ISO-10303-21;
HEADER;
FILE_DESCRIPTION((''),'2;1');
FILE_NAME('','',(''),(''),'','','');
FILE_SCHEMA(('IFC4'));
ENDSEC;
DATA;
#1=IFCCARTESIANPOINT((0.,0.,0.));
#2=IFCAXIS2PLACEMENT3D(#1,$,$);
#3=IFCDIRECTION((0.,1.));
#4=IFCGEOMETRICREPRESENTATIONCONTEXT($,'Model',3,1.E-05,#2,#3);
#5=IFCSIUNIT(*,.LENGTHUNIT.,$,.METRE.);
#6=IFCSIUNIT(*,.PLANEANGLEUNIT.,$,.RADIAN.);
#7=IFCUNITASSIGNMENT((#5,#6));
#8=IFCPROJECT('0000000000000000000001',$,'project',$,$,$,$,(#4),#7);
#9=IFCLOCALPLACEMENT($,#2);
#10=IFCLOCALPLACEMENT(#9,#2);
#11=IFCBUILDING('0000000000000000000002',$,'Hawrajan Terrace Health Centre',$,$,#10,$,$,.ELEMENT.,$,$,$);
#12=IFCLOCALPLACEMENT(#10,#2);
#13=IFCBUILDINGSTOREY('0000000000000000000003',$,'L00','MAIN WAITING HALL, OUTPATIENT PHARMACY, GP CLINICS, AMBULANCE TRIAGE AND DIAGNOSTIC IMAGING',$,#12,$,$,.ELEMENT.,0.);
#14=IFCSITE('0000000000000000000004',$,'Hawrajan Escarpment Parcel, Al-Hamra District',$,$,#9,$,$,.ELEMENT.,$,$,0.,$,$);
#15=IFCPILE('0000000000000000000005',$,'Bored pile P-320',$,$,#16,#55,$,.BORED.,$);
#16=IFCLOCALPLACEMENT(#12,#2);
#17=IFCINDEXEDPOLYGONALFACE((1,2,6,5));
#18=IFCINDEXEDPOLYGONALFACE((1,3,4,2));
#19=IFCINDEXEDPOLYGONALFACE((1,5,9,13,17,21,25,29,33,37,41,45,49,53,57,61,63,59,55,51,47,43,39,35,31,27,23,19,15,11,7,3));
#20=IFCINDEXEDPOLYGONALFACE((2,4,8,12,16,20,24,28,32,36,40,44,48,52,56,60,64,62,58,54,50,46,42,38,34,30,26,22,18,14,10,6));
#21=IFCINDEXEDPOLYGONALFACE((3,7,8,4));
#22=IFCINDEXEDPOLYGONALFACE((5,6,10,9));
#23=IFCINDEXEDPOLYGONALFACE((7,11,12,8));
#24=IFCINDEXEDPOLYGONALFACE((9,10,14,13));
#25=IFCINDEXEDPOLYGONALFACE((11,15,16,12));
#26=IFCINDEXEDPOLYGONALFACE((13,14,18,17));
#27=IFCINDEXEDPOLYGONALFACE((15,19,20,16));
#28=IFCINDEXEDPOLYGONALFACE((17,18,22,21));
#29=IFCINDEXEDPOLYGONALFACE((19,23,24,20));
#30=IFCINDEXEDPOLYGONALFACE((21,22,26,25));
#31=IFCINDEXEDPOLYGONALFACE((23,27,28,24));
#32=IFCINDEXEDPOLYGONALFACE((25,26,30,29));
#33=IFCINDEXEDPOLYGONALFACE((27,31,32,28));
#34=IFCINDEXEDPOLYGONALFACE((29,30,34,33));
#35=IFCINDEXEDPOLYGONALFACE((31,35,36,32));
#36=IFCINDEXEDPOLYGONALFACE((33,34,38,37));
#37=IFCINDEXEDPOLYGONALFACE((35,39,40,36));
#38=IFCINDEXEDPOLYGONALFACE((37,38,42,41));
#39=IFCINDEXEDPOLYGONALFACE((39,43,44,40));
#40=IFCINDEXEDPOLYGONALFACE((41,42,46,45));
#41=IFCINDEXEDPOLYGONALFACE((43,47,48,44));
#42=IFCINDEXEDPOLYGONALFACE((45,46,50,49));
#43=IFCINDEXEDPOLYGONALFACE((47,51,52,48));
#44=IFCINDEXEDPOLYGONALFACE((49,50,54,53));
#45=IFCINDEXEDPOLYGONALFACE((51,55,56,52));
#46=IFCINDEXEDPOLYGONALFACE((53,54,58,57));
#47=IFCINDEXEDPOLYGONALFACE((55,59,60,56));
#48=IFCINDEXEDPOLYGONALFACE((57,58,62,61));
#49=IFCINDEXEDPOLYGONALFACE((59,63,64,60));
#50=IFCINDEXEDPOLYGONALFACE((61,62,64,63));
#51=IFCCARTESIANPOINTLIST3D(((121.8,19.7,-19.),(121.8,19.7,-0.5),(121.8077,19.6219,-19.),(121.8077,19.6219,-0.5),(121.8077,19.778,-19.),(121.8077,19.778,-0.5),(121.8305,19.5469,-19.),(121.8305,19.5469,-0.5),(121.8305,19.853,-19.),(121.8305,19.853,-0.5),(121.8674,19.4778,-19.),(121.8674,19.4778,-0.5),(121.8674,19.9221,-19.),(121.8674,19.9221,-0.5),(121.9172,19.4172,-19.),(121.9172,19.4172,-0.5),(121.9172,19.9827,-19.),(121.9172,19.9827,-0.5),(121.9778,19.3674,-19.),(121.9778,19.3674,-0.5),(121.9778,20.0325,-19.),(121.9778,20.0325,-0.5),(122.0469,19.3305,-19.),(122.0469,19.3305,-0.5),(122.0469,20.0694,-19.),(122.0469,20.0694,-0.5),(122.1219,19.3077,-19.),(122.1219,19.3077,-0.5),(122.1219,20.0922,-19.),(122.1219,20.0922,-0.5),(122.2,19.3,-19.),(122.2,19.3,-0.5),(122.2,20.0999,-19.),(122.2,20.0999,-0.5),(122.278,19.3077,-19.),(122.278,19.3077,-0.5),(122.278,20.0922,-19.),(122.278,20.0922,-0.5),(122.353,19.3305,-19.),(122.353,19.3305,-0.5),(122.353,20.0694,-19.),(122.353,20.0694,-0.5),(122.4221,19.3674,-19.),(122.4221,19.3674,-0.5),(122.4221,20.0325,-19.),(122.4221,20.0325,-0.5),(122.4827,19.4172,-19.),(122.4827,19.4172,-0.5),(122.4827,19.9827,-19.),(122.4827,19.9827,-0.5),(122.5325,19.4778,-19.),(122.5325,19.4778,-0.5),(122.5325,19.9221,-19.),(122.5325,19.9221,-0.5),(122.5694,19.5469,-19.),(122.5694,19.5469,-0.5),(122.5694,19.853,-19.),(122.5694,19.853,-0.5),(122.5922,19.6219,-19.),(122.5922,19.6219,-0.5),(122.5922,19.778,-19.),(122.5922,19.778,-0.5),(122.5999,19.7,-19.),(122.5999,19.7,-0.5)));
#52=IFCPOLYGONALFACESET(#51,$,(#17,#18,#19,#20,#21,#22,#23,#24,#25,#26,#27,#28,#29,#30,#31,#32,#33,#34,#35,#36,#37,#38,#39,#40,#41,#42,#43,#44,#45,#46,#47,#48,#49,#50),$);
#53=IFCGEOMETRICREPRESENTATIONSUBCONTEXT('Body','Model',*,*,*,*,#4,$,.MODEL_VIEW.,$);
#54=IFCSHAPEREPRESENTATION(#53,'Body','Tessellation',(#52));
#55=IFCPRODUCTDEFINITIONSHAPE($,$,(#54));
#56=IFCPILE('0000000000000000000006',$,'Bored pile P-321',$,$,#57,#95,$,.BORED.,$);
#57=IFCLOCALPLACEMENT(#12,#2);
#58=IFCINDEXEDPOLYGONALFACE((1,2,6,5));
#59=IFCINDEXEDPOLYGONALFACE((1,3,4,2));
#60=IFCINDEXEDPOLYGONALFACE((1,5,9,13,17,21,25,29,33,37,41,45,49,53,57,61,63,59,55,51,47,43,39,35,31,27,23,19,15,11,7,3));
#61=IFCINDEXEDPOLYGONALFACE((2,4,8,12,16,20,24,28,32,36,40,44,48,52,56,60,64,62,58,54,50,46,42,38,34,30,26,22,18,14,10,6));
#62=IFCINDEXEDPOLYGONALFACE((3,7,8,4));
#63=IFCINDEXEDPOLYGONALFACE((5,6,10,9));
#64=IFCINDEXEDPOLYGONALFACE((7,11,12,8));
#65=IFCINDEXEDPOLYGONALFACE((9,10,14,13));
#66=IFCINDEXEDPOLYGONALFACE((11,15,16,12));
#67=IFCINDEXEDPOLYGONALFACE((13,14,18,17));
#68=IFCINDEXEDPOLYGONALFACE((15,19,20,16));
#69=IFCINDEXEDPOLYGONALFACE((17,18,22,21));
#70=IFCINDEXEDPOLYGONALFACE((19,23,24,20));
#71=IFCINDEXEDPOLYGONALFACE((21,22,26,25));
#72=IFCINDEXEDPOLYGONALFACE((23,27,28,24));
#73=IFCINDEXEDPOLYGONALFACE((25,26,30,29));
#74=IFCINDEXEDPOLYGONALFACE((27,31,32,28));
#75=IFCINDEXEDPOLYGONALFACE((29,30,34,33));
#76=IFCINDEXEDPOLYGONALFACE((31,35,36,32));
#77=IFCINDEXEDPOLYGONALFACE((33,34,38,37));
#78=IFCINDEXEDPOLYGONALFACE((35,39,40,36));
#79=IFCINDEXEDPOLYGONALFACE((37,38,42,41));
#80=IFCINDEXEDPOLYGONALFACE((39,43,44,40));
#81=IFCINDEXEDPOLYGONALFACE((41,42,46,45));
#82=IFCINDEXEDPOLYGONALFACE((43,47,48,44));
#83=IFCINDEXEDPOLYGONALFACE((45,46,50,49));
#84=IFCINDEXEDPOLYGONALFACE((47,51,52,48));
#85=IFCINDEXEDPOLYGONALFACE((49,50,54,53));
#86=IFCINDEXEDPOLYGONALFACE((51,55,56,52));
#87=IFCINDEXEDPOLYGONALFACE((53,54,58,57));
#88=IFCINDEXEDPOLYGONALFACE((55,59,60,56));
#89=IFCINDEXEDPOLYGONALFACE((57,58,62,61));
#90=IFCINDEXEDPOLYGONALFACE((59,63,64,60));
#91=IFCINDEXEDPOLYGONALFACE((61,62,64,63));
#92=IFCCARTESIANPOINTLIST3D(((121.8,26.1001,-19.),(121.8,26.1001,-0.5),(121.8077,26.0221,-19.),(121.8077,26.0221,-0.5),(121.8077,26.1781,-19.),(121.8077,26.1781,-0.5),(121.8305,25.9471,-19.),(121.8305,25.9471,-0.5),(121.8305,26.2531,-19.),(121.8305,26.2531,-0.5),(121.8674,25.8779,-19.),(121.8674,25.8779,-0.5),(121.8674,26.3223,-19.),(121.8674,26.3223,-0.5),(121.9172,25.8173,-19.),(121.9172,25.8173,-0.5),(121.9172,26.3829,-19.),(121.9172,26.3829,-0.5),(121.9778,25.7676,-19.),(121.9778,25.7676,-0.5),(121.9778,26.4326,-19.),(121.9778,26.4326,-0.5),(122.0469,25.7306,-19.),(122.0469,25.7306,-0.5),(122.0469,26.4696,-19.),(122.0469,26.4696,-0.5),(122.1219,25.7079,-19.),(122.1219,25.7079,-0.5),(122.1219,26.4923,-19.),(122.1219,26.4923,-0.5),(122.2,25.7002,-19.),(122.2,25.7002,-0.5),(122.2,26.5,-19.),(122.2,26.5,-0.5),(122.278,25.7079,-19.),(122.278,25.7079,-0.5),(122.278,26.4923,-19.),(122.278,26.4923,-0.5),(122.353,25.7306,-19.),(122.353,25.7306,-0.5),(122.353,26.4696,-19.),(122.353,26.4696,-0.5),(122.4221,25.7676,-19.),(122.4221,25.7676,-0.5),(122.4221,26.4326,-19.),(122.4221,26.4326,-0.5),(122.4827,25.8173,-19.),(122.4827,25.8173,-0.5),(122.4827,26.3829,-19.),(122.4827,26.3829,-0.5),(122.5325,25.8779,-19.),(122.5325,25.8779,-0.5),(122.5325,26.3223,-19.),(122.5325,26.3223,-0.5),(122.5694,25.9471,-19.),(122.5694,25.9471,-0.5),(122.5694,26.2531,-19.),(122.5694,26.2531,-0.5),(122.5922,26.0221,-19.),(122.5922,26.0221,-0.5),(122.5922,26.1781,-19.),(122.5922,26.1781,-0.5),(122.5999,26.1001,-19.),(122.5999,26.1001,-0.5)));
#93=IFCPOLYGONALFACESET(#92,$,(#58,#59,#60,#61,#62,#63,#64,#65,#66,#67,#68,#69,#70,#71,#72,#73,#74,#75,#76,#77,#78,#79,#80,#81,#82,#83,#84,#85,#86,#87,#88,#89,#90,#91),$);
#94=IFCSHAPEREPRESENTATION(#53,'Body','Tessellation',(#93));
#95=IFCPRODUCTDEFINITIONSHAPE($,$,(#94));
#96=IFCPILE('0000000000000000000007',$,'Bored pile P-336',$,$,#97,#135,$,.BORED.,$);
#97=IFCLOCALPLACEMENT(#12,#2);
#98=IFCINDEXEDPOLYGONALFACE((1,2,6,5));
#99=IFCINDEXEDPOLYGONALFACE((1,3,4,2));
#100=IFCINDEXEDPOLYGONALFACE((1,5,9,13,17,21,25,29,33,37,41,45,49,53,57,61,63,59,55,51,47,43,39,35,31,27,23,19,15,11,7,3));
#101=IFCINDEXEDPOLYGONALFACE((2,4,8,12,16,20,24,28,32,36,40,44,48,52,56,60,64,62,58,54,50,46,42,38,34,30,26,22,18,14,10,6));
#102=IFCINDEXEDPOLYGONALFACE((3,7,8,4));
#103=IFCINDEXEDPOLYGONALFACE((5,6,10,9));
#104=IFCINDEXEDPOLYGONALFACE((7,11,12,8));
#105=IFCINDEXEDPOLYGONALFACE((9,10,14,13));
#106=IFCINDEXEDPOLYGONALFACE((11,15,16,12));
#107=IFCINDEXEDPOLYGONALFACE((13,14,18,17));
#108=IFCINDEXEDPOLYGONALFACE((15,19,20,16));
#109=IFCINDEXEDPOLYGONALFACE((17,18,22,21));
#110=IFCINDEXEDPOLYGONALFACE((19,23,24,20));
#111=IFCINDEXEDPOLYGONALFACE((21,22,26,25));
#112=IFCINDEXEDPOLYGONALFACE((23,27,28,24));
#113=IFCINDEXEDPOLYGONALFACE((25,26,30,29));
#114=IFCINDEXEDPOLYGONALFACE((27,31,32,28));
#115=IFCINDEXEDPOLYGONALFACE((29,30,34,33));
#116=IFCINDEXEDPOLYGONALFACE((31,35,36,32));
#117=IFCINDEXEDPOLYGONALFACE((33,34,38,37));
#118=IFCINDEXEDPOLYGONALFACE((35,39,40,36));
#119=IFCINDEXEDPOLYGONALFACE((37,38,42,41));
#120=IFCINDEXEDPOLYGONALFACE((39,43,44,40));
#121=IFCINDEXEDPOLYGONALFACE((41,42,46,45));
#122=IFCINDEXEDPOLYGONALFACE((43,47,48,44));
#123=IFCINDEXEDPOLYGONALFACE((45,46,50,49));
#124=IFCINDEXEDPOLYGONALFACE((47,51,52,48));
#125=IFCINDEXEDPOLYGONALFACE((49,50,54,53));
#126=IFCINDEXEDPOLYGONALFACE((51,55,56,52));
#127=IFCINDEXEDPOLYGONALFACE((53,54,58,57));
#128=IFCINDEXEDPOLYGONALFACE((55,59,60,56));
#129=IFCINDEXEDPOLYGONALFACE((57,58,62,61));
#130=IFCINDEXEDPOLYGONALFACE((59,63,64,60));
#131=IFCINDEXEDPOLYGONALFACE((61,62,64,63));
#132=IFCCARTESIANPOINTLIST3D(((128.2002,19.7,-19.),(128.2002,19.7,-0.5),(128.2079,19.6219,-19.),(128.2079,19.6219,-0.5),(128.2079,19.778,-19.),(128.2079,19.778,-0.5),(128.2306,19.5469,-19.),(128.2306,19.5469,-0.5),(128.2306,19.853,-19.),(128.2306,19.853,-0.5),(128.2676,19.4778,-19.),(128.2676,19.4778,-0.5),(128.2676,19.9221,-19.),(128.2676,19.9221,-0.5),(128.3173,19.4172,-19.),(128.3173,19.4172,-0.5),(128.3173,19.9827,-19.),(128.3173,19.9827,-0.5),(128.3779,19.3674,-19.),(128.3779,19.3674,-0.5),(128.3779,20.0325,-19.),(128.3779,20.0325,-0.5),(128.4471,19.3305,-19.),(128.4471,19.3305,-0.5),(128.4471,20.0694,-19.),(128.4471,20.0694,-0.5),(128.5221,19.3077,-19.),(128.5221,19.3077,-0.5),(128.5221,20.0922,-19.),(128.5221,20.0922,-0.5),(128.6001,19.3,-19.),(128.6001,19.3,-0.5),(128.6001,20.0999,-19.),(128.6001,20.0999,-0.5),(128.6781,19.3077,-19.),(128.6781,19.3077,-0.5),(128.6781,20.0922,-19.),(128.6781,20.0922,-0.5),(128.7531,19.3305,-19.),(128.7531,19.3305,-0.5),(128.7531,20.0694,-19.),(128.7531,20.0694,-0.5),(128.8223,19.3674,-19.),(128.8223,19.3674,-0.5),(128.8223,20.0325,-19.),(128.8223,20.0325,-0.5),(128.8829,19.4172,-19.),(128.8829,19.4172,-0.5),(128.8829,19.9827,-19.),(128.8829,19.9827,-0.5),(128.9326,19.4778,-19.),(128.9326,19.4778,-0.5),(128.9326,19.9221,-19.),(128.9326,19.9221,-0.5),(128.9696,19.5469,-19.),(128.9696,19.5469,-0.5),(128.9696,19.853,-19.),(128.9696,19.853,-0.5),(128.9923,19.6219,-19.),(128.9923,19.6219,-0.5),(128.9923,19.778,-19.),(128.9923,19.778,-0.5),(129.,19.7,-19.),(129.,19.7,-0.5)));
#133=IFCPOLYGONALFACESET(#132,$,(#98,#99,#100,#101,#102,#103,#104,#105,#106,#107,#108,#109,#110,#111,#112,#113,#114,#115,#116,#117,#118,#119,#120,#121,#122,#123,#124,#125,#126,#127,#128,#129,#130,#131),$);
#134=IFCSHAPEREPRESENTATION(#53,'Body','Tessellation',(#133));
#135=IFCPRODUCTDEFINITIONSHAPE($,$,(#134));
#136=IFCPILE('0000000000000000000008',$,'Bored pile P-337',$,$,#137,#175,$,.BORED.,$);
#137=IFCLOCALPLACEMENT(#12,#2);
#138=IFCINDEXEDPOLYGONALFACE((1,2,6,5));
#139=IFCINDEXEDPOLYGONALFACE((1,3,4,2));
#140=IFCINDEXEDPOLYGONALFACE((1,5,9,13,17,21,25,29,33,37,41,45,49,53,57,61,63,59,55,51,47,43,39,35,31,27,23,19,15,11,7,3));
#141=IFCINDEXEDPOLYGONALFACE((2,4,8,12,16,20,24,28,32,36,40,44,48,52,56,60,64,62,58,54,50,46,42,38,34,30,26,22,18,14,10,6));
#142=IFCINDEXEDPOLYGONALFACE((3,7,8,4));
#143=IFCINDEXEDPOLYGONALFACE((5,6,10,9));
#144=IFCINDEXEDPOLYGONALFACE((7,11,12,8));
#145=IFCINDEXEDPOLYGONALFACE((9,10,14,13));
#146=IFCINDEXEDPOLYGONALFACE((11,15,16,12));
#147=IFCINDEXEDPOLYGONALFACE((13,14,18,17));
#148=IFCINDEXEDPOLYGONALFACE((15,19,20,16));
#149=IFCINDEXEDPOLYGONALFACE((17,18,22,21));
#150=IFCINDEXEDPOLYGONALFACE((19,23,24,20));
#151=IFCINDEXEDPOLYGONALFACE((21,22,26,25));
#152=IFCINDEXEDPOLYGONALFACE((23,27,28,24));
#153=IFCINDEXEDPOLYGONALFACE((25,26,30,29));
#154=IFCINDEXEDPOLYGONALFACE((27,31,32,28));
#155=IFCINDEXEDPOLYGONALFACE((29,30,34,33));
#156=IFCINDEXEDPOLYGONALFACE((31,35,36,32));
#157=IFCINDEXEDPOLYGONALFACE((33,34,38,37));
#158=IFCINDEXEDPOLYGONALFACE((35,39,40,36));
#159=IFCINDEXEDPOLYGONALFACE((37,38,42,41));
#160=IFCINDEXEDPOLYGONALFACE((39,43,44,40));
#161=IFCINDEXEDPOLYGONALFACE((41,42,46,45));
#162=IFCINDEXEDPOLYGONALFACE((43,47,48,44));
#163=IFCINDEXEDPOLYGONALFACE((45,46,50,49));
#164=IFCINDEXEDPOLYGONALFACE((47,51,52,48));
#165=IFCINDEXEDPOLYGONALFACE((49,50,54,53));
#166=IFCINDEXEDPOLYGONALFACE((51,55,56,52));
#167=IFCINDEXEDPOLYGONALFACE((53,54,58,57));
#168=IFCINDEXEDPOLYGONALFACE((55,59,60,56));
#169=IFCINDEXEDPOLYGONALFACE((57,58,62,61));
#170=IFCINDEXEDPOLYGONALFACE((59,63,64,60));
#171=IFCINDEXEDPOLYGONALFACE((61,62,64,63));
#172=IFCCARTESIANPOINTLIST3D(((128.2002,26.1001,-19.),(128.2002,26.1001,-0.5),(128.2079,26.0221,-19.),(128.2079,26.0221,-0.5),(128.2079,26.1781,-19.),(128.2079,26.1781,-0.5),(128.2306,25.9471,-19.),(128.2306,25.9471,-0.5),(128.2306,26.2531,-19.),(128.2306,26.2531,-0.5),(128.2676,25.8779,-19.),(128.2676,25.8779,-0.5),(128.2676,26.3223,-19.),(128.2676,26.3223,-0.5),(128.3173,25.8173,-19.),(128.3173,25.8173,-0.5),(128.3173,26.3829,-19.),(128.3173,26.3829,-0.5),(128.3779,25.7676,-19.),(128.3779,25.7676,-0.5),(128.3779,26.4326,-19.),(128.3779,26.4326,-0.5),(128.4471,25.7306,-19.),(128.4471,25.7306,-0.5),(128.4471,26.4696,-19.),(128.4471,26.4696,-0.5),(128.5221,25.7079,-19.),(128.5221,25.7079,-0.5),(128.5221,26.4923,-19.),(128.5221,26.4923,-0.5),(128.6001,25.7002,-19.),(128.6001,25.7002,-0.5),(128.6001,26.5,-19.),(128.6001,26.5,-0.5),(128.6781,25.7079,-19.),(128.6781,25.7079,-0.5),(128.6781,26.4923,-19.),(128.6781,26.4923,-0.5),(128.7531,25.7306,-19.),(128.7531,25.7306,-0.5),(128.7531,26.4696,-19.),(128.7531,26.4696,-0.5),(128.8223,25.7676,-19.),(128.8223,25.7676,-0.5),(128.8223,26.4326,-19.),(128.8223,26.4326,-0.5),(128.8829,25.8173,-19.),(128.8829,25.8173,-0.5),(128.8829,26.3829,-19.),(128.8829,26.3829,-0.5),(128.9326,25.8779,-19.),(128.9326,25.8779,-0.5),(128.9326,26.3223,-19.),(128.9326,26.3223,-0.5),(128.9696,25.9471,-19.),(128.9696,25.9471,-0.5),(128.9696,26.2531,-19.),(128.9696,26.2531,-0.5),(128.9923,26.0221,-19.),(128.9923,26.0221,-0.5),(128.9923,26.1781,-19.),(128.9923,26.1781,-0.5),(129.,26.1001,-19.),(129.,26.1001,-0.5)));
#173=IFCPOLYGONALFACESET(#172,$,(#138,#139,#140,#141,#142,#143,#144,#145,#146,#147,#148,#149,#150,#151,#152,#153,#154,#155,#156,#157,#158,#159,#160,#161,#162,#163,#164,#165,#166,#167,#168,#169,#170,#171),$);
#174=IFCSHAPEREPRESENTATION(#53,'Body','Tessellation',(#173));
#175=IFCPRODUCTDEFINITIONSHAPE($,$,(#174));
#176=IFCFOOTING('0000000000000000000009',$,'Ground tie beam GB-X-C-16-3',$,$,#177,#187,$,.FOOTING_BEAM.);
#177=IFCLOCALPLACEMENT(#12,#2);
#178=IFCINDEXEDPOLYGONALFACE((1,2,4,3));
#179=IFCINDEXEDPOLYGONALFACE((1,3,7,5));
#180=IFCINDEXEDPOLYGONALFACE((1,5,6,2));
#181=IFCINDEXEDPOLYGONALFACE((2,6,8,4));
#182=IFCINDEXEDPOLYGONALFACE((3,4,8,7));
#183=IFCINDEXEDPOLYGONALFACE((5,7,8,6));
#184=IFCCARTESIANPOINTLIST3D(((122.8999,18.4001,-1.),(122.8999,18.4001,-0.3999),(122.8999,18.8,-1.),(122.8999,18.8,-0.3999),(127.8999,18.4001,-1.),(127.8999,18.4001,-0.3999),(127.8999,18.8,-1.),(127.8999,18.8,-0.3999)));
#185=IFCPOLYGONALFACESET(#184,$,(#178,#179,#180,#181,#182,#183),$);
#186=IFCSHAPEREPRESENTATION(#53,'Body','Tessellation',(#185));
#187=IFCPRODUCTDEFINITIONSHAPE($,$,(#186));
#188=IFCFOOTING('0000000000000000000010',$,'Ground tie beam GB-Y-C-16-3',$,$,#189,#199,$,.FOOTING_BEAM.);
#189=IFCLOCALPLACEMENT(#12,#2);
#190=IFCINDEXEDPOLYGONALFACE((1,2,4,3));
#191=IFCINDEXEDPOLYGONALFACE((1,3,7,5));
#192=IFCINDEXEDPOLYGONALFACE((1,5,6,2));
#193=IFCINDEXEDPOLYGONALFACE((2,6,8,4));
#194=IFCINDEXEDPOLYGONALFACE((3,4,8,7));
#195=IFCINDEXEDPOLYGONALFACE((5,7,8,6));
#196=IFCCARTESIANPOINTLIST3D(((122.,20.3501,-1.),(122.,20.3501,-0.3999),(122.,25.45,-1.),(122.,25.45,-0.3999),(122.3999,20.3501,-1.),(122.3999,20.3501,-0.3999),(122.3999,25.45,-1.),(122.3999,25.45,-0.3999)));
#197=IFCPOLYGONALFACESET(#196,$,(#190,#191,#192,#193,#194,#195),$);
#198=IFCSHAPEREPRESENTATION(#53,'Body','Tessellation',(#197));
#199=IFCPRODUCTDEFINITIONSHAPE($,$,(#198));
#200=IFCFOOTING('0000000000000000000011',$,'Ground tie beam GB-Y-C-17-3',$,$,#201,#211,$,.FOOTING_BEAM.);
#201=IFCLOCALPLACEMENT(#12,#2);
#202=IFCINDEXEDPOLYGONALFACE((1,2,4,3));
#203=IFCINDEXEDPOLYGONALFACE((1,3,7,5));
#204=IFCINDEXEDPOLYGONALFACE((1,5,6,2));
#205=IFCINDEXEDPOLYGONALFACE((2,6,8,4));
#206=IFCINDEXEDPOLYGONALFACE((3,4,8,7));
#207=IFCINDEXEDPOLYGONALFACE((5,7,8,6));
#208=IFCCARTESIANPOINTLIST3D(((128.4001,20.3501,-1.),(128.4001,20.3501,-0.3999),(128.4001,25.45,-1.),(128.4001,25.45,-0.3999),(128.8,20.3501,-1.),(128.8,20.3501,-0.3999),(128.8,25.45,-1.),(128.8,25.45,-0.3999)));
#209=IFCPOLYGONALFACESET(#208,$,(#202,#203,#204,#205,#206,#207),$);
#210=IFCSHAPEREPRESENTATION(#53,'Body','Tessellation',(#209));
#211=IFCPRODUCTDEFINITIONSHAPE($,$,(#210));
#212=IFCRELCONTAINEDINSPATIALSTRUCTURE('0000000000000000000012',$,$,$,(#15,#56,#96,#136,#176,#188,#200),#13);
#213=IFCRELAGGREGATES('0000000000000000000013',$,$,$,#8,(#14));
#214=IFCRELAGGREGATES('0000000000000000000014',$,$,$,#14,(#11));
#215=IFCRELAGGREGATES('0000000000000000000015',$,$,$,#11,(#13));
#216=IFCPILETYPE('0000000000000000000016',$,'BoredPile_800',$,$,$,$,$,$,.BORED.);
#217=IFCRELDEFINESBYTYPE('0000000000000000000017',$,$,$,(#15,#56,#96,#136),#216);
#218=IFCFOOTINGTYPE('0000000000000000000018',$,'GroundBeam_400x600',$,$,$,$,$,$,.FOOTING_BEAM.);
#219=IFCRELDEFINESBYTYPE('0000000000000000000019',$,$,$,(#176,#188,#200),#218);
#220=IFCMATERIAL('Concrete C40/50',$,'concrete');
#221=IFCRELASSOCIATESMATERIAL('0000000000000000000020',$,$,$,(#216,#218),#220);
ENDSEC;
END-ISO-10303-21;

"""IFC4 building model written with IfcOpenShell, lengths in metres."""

from ifc_helpers import new_model, si_unit, direction, frame, origin, origin_2d, place, context, subcontext, project, spatial, rectangle, circle, extrude, material, material_profile, profile_set, type_object, element, save


model = new_model("IFC4")

# Units and contexts
model_context = context("Model", 3, precision=1e-05, world=origin(), true_north=direction((0.0, 1.0)))
body_context = subcontext(model_context, "Body", "Model", "MODEL_VIEW")
ifc_project = project(units=[si_unit("LENGTHUNIT", "METRE"), si_unit("PLANEANGLEUNIT", "RADIAN")], contexts=[model_context])

# Site, building, storey
site_placement = place(None, origin())
site = spatial("IfcSite", under=ifc_project, at=site_placement, Name="Hawrajan Escarpment Parcel, Al-Hamra District", CompositionType="ELEMENT", RefElevation=0.0)
building_placement = place(site_placement, origin())
building = spatial("IfcBuilding", under=site, at=building_placement, Name="Hawrajan Terrace Health Centre", CompositionType="ELEMENT")
storey_placement = place(building_placement, origin())
storey = spatial("IfcBuildingStorey", under=building, at=storey_placement, Name="L00", Description="MAIN WAITING HALL, OUTPATIENT PHARMACY, GP CLINICS, AMBULANCE TRIAGE AND DIAGNOSTIC IMAGING", CompositionType="ELEMENT", Elevation=0.0)

# Piles
ifc_material_1 = material(Name="Concrete C40/50", Category="concrete")
ifc_material_profile_1 = material_profile(ifc_material_1, circle(Radius=0.3999, at=origin_2d()), Name="BP 800")
ifc_profile_set_1 = profile_set([ifc_material_profile_1], Name="Concrete C40/50")
pile_type = type_object("IfcPileType", Name="BoredPile_800", PredefinedType="BORED", material=ifc_profile_set_1)
for number, where, z_axis, x_axis, name in (
    (1, (122.2, 19.7, -0.5), (0.0, 0.0, -1.0), (1.0, 0.0, 0.0), "Bored pile P-320"),
    (2, (122.2, 26.1001, -0.5), (0.0, 0.0, -1.0), (1.0, 0.0, 0.0), "Bored pile P-321"),
    (3, (128.6001, 19.7, -0.5), (0.0, 0.0, -1.0), (1.0, 0.0, 0.0), "Bored pile P-336"),
    (4, (128.6001, 26.1001, -0.5), (0.0, 0.0, -1.0), (1.0, 0.0, 0.0), "Bored pile P-337"),
):
    element("IfcPile", number, at=place(storey_placement, frame(where, z_axis=z_axis, x_axis=x_axis)), inside=storey, type_object=pile_type, Name=name, PredefinedType="BORED", context=body_context, shape_type="SweptSolid", body=[
        extrude(circle(Radius=0.3999, at=origin_2d()), origin(), (0.0, 0.0, 1.0), 18.5),
    ])

# Footings
ifc_material_profile_2 = material_profile(ifc_material_1, rectangle(XDim=0.3999, YDim=0.6001, at=origin_2d()), Name="RC BM 400x600")
ifc_profile_set_2 = profile_set([ifc_material_profile_2], Name="Concrete C40/50")
footing_type_1 = type_object("IfcFootingType", Name="GroundBeam_400x600", PredefinedType="FOOTING_BEAM", material=ifc_profile_set_2)
footing_1_placement = place(storey_placement, frame((122.8999, 18.6001, -0.7), z_axis=(1.0, 0.0, 0.0), x_axis=(0.0, 1.0, 0.0)))
element("IfcFooting", 5, at=footing_1_placement, inside=storey, type_object=footing_type_1, Name="Ground tie beam GB-X-C-16-3", PredefinedType="FOOTING_BEAM", context=body_context, shape_type="SweptSolid", body=[
    extrude(rectangle(XDim=0.3999, YDim=0.6001, at=origin_2d()), origin(), (0.0, 0.0, 1.0), 5.0),
])
for number, where, z_axis, x_axis, name in (
    (6, (122.2, 20.3501, -0.7), (0.0, 1.0, 0.0), (-1.0, 0.0, 0.0), "Ground tie beam GB-Y-C-16-3"),
    (7, (128.6001, 20.3501, -0.7), (0.0, 1.0, 0.0), (-1.0, 0.0, 0.0), "Ground tie beam GB-Y-C-17-3"),
):
    element("IfcFooting", number, at=place(storey_placement, frame(where, z_axis=z_axis, x_axis=x_axis)), inside=storey, type_object=footing_type_1, Name=name, PredefinedType="FOOTING_BEAM", context=body_context, shape_type="SweptSolid", body=[
        extrude(rectangle(XDim=0.3999, YDim=0.6001, at=origin_2d()), origin(), (0.0, 0.0, 1.0), 5.0999),
    ])

save(model, "model.ifc")
